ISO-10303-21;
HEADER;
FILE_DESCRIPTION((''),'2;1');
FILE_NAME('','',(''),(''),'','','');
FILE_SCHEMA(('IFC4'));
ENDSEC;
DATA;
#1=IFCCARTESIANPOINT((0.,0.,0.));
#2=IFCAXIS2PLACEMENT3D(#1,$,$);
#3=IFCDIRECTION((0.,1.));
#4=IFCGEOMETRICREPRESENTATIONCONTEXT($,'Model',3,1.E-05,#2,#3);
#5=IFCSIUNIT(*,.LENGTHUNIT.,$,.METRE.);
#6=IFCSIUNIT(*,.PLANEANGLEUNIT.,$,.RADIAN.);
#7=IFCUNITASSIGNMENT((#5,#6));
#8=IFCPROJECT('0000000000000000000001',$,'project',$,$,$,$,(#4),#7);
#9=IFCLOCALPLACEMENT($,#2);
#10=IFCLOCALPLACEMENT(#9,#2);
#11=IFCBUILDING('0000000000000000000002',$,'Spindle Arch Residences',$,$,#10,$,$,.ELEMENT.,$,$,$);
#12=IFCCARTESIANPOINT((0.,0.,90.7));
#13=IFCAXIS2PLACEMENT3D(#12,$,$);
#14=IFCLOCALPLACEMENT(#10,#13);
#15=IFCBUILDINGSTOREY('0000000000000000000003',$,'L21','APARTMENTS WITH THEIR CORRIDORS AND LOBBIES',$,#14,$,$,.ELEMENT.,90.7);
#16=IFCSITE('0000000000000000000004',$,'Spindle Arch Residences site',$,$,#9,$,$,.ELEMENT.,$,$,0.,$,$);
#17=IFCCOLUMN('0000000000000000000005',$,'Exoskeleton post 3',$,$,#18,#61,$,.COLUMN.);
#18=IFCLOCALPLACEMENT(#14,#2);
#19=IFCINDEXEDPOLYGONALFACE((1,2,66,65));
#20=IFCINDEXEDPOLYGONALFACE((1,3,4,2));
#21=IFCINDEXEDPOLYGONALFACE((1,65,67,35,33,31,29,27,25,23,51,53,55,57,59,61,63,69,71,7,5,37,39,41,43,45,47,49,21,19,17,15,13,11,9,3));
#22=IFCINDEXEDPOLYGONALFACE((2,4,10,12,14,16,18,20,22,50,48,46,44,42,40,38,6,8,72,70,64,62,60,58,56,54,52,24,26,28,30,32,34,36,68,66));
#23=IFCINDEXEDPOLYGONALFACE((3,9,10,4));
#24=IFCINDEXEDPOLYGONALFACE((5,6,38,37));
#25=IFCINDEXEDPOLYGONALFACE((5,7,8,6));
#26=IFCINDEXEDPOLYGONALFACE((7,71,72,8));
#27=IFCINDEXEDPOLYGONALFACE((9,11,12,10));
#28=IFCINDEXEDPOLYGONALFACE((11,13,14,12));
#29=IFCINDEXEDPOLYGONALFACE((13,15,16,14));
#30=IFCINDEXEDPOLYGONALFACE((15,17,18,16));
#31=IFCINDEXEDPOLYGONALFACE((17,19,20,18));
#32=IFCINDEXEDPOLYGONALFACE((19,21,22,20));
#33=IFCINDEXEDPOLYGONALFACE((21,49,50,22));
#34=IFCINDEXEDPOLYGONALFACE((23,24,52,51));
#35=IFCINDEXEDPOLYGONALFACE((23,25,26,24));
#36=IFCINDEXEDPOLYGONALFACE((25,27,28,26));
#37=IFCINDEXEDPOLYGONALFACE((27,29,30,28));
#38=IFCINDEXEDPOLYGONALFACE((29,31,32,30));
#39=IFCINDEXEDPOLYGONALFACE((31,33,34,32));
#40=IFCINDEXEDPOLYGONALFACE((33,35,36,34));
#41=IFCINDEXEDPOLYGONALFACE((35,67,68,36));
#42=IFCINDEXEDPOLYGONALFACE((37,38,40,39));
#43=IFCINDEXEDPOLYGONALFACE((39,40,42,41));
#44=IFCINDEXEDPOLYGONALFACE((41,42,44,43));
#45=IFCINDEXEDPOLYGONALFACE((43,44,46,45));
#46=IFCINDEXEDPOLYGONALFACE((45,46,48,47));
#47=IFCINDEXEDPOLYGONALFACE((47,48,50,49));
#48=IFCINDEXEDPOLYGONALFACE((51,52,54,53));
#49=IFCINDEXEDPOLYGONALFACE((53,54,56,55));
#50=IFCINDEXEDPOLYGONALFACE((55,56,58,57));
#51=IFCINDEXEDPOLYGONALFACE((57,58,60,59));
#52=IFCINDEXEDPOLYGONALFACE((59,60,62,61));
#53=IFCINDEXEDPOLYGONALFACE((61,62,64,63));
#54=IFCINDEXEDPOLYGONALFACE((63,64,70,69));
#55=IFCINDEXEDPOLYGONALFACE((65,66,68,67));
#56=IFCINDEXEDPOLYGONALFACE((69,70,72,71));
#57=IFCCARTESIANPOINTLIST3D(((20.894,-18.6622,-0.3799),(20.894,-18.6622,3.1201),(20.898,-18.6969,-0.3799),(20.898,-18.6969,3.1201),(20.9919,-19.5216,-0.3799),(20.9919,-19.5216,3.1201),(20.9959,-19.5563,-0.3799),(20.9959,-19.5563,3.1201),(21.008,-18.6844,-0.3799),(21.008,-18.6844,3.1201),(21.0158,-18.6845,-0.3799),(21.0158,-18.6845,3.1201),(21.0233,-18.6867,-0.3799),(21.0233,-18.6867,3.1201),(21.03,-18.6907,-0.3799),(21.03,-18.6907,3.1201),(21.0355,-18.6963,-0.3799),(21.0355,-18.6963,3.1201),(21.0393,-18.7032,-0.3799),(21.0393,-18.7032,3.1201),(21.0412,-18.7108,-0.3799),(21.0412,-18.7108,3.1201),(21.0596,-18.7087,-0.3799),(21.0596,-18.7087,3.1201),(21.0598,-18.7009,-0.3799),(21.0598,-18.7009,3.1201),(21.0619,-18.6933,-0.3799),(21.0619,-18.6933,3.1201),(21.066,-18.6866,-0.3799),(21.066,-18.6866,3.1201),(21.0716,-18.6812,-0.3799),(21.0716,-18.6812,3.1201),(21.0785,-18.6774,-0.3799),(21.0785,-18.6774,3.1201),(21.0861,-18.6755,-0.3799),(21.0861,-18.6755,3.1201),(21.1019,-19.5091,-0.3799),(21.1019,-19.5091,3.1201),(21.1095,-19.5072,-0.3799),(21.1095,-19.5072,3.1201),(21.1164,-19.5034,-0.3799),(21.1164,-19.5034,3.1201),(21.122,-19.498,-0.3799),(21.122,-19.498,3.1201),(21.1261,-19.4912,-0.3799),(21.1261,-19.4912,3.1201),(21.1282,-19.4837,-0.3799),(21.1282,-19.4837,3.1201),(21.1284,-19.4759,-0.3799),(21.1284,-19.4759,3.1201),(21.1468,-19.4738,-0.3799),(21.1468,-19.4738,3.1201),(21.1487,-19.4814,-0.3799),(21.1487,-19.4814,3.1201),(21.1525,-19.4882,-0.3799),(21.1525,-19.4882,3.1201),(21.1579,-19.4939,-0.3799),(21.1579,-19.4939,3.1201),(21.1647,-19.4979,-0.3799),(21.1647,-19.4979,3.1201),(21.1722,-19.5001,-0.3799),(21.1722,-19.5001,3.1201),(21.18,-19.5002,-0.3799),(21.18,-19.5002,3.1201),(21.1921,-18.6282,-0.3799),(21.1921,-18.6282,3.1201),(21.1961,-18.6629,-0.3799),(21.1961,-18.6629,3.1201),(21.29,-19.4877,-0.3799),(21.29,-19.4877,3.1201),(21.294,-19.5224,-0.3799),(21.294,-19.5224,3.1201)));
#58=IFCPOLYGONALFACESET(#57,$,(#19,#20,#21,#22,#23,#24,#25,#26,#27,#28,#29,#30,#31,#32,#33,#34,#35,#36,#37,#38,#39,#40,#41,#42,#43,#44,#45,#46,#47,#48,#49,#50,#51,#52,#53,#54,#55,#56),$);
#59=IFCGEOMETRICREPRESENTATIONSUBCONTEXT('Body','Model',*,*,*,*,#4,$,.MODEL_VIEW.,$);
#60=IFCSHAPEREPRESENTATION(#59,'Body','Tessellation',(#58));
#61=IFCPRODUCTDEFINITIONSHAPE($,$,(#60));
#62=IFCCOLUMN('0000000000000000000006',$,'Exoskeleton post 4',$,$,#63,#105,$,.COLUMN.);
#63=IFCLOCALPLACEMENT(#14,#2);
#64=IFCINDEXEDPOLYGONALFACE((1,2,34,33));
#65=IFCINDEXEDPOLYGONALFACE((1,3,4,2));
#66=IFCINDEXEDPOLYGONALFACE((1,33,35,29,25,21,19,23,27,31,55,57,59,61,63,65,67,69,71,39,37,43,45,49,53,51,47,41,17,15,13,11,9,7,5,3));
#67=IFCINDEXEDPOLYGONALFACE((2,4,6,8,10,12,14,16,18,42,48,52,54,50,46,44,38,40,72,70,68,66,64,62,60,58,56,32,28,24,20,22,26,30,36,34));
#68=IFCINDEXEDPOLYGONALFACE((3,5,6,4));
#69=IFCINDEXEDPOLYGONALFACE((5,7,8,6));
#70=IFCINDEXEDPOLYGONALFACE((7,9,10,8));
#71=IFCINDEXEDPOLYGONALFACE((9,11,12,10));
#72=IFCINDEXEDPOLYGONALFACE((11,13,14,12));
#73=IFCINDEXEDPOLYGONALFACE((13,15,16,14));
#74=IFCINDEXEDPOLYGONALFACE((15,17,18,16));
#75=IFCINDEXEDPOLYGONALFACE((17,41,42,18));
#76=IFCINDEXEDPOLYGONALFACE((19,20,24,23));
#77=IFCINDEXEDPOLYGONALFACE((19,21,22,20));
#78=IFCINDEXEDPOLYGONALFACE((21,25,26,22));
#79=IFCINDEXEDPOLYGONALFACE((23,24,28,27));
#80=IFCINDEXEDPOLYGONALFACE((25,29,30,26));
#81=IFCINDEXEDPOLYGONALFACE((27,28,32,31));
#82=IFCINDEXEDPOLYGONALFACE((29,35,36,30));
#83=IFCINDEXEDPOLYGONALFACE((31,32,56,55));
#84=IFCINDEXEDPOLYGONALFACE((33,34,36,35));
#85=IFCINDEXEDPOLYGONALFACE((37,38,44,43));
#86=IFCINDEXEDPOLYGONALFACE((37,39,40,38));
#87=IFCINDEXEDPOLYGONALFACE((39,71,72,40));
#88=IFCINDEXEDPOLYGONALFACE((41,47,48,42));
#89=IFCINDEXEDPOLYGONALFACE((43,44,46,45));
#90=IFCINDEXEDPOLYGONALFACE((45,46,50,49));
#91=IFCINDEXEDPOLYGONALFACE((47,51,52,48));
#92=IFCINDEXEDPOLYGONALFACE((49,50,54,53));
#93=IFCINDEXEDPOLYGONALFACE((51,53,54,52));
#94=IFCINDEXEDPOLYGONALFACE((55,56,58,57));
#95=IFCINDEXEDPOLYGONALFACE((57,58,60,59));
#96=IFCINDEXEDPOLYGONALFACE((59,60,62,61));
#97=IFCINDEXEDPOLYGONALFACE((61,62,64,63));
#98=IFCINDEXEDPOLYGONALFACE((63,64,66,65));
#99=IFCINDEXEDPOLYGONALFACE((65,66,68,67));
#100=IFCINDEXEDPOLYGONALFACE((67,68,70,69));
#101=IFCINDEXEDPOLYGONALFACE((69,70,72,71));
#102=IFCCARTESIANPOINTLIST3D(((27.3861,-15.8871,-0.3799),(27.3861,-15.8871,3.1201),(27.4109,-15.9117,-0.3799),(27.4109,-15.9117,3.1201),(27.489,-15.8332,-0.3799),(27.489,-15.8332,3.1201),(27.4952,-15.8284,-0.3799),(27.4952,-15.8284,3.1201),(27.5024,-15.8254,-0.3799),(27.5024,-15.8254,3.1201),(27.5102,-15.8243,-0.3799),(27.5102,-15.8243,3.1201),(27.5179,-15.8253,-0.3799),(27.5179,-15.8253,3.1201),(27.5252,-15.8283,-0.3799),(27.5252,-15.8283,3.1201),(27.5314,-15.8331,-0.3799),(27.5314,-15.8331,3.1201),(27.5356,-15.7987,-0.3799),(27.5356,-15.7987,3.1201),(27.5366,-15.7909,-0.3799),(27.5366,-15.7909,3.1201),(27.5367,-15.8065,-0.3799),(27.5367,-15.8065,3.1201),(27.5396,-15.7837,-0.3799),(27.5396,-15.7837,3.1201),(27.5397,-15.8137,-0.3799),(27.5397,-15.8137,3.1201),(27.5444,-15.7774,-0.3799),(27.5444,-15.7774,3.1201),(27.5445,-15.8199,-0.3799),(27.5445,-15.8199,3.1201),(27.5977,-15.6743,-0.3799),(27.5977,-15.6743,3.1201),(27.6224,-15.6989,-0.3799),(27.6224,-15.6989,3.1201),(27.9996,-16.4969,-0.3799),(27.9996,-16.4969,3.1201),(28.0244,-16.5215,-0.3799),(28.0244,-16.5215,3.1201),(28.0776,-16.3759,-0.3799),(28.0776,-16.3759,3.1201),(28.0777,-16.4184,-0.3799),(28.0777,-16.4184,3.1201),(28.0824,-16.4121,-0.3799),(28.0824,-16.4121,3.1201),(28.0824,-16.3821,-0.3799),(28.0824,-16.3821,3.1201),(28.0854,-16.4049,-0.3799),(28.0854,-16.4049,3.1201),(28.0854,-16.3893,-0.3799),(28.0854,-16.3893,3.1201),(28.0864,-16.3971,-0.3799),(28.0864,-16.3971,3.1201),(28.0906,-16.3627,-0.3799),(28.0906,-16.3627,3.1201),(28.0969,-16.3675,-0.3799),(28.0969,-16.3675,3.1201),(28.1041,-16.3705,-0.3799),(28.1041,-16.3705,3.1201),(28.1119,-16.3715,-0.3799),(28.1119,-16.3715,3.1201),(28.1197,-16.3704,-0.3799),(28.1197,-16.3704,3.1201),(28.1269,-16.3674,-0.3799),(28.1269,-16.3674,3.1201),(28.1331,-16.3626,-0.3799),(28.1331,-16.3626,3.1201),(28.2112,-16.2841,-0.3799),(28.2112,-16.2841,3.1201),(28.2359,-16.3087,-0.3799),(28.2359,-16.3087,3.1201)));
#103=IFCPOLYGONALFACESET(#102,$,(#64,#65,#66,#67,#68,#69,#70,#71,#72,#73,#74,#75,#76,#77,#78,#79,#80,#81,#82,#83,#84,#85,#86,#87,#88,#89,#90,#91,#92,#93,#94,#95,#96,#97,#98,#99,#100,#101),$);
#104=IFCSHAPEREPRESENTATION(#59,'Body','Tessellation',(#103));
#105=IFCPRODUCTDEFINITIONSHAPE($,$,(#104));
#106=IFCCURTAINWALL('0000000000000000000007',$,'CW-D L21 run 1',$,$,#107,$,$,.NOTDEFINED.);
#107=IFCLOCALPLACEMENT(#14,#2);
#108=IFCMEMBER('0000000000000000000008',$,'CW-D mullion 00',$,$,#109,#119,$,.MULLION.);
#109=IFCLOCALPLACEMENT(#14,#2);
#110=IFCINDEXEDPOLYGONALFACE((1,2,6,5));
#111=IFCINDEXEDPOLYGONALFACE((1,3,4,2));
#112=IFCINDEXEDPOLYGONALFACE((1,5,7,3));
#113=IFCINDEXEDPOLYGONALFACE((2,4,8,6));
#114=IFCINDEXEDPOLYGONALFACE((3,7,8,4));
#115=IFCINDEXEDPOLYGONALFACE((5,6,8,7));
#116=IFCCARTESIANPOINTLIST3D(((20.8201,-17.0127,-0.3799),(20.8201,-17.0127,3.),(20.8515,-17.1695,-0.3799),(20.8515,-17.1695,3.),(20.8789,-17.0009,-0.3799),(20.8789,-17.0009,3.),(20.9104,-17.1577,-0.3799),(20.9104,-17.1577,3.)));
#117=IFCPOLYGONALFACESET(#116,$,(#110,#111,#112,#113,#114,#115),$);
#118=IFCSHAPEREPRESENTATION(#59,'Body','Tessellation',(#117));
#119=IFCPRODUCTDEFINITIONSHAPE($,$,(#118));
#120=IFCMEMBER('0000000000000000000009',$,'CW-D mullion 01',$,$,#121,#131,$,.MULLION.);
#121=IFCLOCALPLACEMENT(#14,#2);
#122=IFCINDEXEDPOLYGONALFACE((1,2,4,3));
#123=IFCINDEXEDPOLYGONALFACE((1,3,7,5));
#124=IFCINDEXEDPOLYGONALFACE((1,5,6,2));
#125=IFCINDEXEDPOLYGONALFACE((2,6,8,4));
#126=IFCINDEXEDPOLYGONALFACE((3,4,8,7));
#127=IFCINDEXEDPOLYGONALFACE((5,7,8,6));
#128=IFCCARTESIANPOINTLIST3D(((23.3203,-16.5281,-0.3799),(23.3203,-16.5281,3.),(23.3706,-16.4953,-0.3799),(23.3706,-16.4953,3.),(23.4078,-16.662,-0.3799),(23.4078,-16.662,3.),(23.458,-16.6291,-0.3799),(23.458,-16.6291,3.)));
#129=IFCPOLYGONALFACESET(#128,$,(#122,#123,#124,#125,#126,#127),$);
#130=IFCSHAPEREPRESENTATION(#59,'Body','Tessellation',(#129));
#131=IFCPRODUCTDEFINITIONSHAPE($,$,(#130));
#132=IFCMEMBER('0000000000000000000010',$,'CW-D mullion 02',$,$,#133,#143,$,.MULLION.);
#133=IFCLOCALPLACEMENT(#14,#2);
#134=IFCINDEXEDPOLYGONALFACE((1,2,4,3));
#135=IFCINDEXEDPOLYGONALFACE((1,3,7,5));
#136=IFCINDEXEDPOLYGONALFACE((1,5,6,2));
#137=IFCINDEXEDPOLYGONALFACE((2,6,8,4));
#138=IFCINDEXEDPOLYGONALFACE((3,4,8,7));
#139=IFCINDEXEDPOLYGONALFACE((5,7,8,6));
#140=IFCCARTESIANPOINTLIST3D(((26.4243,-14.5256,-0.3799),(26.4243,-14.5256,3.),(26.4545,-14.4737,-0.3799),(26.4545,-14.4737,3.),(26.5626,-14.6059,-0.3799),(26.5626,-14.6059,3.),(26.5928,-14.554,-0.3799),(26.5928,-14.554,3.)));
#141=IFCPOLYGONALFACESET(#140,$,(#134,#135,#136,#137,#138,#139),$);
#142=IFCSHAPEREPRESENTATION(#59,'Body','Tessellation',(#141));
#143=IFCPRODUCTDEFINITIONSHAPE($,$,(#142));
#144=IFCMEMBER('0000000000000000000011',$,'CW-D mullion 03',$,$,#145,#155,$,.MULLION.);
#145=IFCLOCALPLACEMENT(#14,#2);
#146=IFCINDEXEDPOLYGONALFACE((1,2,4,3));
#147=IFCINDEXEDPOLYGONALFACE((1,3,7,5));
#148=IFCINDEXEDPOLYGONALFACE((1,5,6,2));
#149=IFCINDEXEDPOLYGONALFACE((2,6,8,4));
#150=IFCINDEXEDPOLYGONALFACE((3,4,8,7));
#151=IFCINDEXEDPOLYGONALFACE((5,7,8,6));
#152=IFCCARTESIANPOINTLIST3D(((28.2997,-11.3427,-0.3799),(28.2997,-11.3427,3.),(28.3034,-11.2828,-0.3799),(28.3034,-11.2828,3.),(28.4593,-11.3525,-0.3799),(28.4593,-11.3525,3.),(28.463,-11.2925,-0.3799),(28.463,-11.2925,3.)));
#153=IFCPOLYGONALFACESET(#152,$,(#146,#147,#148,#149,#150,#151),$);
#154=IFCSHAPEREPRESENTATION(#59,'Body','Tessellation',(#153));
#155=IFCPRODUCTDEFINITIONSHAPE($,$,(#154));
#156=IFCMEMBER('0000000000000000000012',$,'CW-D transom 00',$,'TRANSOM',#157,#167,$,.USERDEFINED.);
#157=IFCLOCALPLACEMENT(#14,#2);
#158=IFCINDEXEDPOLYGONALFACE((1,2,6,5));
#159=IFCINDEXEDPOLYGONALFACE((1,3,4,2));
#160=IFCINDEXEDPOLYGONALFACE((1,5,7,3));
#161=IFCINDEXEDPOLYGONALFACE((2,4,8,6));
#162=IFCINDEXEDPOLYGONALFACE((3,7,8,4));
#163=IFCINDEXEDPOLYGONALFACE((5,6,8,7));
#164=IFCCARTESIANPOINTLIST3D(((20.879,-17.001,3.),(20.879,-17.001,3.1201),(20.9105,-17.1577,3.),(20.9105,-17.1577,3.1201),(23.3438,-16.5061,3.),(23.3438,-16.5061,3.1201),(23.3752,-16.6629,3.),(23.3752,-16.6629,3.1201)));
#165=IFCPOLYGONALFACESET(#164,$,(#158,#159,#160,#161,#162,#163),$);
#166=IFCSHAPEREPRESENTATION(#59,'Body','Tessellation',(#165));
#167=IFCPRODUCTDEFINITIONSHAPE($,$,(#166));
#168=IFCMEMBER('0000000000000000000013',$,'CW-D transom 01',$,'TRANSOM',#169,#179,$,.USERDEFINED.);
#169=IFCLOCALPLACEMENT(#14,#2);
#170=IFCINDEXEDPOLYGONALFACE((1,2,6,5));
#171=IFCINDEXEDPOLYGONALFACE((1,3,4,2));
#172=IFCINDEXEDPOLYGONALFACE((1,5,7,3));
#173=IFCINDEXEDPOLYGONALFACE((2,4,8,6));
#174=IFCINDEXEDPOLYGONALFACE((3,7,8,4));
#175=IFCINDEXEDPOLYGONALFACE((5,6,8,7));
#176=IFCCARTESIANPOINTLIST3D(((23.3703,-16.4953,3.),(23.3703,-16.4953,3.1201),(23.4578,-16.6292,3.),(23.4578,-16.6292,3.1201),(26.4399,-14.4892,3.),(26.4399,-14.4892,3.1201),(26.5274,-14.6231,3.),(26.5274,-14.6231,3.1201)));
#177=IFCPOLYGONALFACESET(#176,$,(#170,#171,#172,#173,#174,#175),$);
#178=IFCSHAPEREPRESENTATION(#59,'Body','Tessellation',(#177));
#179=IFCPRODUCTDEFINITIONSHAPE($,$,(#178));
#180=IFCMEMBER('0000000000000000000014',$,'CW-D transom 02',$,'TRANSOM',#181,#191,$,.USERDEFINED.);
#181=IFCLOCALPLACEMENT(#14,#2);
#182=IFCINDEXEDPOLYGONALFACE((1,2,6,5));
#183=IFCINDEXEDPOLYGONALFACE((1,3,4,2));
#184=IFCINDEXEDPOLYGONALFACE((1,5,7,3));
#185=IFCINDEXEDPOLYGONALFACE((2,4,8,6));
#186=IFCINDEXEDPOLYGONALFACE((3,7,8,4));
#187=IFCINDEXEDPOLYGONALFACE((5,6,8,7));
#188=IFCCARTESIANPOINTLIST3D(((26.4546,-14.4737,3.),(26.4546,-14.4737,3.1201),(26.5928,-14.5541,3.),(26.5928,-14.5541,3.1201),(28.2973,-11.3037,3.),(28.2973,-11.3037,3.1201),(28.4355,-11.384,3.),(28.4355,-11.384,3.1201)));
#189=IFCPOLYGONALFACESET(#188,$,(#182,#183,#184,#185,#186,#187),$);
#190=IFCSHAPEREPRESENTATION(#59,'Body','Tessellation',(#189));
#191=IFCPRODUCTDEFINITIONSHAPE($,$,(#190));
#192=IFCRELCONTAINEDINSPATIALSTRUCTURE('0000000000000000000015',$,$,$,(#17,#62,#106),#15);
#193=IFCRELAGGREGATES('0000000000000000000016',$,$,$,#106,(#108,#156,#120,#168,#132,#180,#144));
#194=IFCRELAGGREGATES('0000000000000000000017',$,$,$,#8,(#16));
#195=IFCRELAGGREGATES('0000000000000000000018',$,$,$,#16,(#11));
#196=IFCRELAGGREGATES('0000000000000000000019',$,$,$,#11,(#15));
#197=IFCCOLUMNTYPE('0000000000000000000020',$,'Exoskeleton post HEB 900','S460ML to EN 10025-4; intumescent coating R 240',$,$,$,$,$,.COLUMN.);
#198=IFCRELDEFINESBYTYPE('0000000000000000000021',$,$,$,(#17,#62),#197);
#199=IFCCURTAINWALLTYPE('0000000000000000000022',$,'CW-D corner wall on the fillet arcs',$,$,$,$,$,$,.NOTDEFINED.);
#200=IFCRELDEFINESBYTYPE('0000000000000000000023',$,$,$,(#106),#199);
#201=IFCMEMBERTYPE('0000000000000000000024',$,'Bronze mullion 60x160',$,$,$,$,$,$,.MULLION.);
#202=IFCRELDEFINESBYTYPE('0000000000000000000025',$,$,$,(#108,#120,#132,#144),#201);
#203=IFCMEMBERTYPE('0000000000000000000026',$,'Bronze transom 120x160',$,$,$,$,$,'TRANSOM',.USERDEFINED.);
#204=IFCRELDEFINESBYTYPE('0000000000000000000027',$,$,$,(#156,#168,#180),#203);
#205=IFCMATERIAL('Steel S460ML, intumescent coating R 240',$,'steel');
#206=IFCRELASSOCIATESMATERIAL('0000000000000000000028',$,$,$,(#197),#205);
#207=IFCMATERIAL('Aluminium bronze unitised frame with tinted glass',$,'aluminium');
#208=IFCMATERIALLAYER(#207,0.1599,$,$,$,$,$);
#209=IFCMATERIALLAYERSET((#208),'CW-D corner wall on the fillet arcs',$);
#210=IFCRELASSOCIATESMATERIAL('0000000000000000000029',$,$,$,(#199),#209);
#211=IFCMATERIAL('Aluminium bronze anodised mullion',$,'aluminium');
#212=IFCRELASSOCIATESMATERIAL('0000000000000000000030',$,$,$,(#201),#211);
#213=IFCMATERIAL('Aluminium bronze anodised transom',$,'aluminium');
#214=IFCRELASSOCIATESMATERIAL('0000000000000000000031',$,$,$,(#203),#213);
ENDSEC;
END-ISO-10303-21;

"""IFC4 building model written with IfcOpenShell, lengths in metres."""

from ifc_helpers import new_model, si_unit, direction, frame, origin, origin_2d, place, context, subcontext, project, spatial, rectangle, i_section, extrude, material, layer, layer_set, material_profile, profile_set, type_object, element, aggregate, save


model = new_model("IFC4")

# Units and contexts
model_context = context("Model", 3, precision=1e-05, world=origin(), true_north=direction((0.0, 1.0)))
body_context = subcontext(model_context, "Body", "Model", "MODEL_VIEW")
ifc_project = project(units=[si_unit("LENGTHUNIT", "METRE"), si_unit("PLANEANGLEUNIT", "RADIAN")], contexts=[model_context])

# Site, building, storey
site_placement = place(None, origin())
site = spatial("IfcSite", under=ifc_project, at=site_placement, Name="Spindle Arch Residences site", CompositionType="ELEMENT", RefElevation=0.0)
building_placement = place(site_placement, origin())
building = spatial("IfcBuilding", under=site, at=building_placement, Name="Spindle Arch Residences", CompositionType="ELEMENT")
storey_placement = place(building_placement, frame((0.0, 0.0, 90.7)))
storey = spatial("IfcBuildingStorey", under=building, at=storey_placement, Name="L21", Description="APARTMENTS WITH THEIR CORRIDORS AND LOBBIES", CompositionType="ELEMENT", Elevation=90.7)

# Columns
ifc_material_1 = material(Name="Steel S460ML, intumescent coating R 240", Category="steel")
ifc_material_profile_1 = material_profile(ifc_material_1, i_section(OverallWidth=0.3, OverallDepth=0.8999, WebThickness=0.0186, FlangeThickness=0.0349, FilletRadius=0.03, at=origin_2d()), Name="HEB 900")
ifc_profile_set_1 = profile_set([ifc_material_profile_1], Name="Steel S460ML, intumescent coating R 240")
column_type = type_object("IfcColumnType", Name="Exoskeleton post HEB 900", Description="S460ML to EN 10025-4; intumescent coating R 240", PredefinedType="COLUMN", material=ifc_profile_set_1)
for number, where, z_axis, x_axis, name in (
    (1, (21.094, -19.0923, -0.3799), (0.0, 0.0, 1.0), (-0.993572, -0.113203, 0.0), "Exoskeleton post 3"),
    (2, (27.811, -16.0979, -0.3799), (0.0, 0.0, 1.0), (-0.704963, -0.709244, 0.0), "Exoskeleton post 4"),
):
    element("IfcColumn", number, at=place(storey_placement, frame(where, z_axis=z_axis, x_axis=x_axis)), inside=storey, type_object=column_type, Name=name, PredefinedType="COLUMN", context=body_context, shape_type="SweptSolid", body=[
        extrude(i_section(OverallWidth=0.3, OverallDepth=0.8999, WebThickness=0.0186, FlangeThickness=0.0349, FilletRadius=0.03, at=origin_2d()), origin(), (0.0, 0.0, 1.0), 3.5),
    ])

# Curtain wall, members
ifc_material_2 = material(Name="Aluminium bronze unitised frame with tinted glass", Category="aluminium")
ifc_layer_1 = layer(ifc_material_2, 0.1599)
ifc_layer_set_1 = layer_set([ifc_layer_1], Name="CW-D corner wall on the fillet arcs")
curtain_wall_type_1 = type_object("IfcCurtainWallType", Name="CW-D corner wall on the fillet arcs", PredefinedType="NOTDEFINED", material=ifc_layer_set_1)
curtain_wall_1_placement = place(storey_placement, origin())
curtain_wall_1 = element("IfcCurtainWall", 3, at=curtain_wall_1_placement, inside=storey, type_object=curtain_wall_type_1, Name="CW-D L21 run 1", PredefinedType="NOTDEFINED")
ifc_material_3 = material(Name="Aluminium bronze anodised mullion", Category="aluminium")
ifc_material_profile_2 = material_profile(ifc_material_3, rectangle(XDim=0.1599, YDim=0.0601, at=origin_2d()), Name="MU 60x160")
ifc_profile_set_2 = profile_set([ifc_material_profile_2], Name="Aluminium bronze anodised mullion")
member_type_1 = type_object("IfcMemberType", Name="Bronze mullion 60x160", PredefinedType="MULLION", material=ifc_profile_set_2)
member_1_placement = place(storey_placement, frame((20.8652, -17.0852, -0.3799), z_axis=(0.0, 0.0, 1.0), x_axis=(-0.196863, 0.980431, 0.0)))
member_1 = element("IfcMember", 4, at=member_1_placement, type_object=member_type_1, Name="CW-D mullion 00", PredefinedType="MULLION", context=body_context, shape_type="SweptSolid", body=[
    extrude(rectangle(XDim=0.1599, YDim=0.0601, at=origin_2d()), origin(), (0.0, 0.0, 1.0), 3.3799),
])
member_2_placement = place(storey_placement, frame((23.3892, -16.5786, -0.3799), z_axis=(0.0, 0.0, 1.0), x_axis=(-0.547076, 0.837083, 0.0)))
member_2 = element("IfcMember", 5, at=member_2_placement, type_object=member_type_1, Name="CW-D mullion 01", PredefinedType="MULLION", context=body_context, shape_type="SweptSolid", body=[
    extrude(rectangle(XDim=0.1599, YDim=0.0601, at=origin_2d()), origin(), (0.0, 0.0, 1.0), 3.3799),
])
member_3_placement = place(storey_placement, frame((26.5085, -14.5398, -0.3799), z_axis=(0.0, 0.0, 1.0), x_axis=(-0.864567, 0.502517, 0.0)))
member_3 = element("IfcMember", 6, at=member_3_placement, type_object=member_type_1, Name="CW-D mullion 02", PredefinedType="MULLION", context=body_context, shape_type="SweptSolid", body=[
    extrude(rectangle(XDim=0.1599, YDim=0.0601, at=origin_2d()), origin(), (0.0, 0.0, 1.0), 3.3799),
])
member_4_placement = place(storey_placement, frame((28.3813, -11.3176, -0.3799), z_axis=(0.0, 0.0, 1.0), x_axis=(-0.998135, 0.061049, 0.0)))
member_4 = element("IfcMember", 7, at=member_4_placement, type_object=member_type_1, Name="CW-D mullion 03", PredefinedType="MULLION", context=body_context, shape_type="SweptSolid", body=[
    extrude(rectangle(XDim=0.1599, YDim=0.0601, at=origin_2d()), origin(), (0.0, 0.0, 1.0), 3.3799),
])
ifc_material_4 = material(Name="Aluminium bronze anodised transom", Category="aluminium")
ifc_material_profile_3 = material_profile(ifc_material_4, rectangle(XDim=0.1599, YDim=0.1201, at=origin_2d()), Name="TR 120x160")
ifc_profile_set_3 = profile_set([ifc_material_profile_3], Name="Aluminium bronze anodised transom")
member_type_2 = type_object("IfcMemberType", Name="Bronze transom 120x160", ElementType="TRANSOM", PredefinedType="USERDEFINED", material=ifc_profile_set_3)
member_5_placement = place(storey_placement, frame((20.8948, -17.0793, 3.0601), z_axis=(0.980435, 0.196844, 0.0), x_axis=(-0.196844, 0.980435, 0.0)))
member_5 = element("IfcMember", 8, at=member_5_placement, type_object=member_type_2, Name="CW-D transom 00", ObjectType="TRANSOM", PredefinedType="USERDEFINED", context=body_context, shape_type="SweptSolid", body=[
    extrude(rectangle(XDim=0.1599, YDim=0.1201, at=origin_2d()), origin(), (0.0, 0.0, 1.0), 2.5139),
])
member_6_placement = place(storey_placement, frame((23.4141, -16.5623, 3.0601), z_axis=(0.837086, 0.547072, 0.0), x_axis=(-0.547072, 0.837086, 0.0)))
member_6 = element("IfcMember", 9, at=member_6_placement, type_object=member_type_2, Name="CW-D transom 01", ObjectType="TRANSOM", PredefinedType="USERDEFINED", context=body_context, shape_type="SweptSolid", body=[
    extrude(rectangle(XDim=0.1599, YDim=0.1201, at=origin_2d()), origin(), (0.0, 0.0, 1.0), 3.667),
])
member_7_placement = place(storey_placement, frame((26.5237, -14.5139, 3.0601), z_axis=(0.50255, 0.864548, 0.0), x_axis=(-0.864548, 0.50255, 0.0)))
member_7 = element("IfcMember", 10, at=member_7_placement, type_object=member_type_2, Name="CW-D transom 02", ObjectType="TRANSOM", PredefinedType="USERDEFINED", context=body_context, shape_type="SweptSolid", body=[
    extrude(rectangle(XDim=0.1599, YDim=0.1201, at=origin_2d()), origin(), (0.0, 0.0, 1.0), 3.6667),
])

aggregate(curtain_wall_1, [member_1, member_5, member_2, member_6, member_3, member_7, member_4])

save(model, "model.ifc")
